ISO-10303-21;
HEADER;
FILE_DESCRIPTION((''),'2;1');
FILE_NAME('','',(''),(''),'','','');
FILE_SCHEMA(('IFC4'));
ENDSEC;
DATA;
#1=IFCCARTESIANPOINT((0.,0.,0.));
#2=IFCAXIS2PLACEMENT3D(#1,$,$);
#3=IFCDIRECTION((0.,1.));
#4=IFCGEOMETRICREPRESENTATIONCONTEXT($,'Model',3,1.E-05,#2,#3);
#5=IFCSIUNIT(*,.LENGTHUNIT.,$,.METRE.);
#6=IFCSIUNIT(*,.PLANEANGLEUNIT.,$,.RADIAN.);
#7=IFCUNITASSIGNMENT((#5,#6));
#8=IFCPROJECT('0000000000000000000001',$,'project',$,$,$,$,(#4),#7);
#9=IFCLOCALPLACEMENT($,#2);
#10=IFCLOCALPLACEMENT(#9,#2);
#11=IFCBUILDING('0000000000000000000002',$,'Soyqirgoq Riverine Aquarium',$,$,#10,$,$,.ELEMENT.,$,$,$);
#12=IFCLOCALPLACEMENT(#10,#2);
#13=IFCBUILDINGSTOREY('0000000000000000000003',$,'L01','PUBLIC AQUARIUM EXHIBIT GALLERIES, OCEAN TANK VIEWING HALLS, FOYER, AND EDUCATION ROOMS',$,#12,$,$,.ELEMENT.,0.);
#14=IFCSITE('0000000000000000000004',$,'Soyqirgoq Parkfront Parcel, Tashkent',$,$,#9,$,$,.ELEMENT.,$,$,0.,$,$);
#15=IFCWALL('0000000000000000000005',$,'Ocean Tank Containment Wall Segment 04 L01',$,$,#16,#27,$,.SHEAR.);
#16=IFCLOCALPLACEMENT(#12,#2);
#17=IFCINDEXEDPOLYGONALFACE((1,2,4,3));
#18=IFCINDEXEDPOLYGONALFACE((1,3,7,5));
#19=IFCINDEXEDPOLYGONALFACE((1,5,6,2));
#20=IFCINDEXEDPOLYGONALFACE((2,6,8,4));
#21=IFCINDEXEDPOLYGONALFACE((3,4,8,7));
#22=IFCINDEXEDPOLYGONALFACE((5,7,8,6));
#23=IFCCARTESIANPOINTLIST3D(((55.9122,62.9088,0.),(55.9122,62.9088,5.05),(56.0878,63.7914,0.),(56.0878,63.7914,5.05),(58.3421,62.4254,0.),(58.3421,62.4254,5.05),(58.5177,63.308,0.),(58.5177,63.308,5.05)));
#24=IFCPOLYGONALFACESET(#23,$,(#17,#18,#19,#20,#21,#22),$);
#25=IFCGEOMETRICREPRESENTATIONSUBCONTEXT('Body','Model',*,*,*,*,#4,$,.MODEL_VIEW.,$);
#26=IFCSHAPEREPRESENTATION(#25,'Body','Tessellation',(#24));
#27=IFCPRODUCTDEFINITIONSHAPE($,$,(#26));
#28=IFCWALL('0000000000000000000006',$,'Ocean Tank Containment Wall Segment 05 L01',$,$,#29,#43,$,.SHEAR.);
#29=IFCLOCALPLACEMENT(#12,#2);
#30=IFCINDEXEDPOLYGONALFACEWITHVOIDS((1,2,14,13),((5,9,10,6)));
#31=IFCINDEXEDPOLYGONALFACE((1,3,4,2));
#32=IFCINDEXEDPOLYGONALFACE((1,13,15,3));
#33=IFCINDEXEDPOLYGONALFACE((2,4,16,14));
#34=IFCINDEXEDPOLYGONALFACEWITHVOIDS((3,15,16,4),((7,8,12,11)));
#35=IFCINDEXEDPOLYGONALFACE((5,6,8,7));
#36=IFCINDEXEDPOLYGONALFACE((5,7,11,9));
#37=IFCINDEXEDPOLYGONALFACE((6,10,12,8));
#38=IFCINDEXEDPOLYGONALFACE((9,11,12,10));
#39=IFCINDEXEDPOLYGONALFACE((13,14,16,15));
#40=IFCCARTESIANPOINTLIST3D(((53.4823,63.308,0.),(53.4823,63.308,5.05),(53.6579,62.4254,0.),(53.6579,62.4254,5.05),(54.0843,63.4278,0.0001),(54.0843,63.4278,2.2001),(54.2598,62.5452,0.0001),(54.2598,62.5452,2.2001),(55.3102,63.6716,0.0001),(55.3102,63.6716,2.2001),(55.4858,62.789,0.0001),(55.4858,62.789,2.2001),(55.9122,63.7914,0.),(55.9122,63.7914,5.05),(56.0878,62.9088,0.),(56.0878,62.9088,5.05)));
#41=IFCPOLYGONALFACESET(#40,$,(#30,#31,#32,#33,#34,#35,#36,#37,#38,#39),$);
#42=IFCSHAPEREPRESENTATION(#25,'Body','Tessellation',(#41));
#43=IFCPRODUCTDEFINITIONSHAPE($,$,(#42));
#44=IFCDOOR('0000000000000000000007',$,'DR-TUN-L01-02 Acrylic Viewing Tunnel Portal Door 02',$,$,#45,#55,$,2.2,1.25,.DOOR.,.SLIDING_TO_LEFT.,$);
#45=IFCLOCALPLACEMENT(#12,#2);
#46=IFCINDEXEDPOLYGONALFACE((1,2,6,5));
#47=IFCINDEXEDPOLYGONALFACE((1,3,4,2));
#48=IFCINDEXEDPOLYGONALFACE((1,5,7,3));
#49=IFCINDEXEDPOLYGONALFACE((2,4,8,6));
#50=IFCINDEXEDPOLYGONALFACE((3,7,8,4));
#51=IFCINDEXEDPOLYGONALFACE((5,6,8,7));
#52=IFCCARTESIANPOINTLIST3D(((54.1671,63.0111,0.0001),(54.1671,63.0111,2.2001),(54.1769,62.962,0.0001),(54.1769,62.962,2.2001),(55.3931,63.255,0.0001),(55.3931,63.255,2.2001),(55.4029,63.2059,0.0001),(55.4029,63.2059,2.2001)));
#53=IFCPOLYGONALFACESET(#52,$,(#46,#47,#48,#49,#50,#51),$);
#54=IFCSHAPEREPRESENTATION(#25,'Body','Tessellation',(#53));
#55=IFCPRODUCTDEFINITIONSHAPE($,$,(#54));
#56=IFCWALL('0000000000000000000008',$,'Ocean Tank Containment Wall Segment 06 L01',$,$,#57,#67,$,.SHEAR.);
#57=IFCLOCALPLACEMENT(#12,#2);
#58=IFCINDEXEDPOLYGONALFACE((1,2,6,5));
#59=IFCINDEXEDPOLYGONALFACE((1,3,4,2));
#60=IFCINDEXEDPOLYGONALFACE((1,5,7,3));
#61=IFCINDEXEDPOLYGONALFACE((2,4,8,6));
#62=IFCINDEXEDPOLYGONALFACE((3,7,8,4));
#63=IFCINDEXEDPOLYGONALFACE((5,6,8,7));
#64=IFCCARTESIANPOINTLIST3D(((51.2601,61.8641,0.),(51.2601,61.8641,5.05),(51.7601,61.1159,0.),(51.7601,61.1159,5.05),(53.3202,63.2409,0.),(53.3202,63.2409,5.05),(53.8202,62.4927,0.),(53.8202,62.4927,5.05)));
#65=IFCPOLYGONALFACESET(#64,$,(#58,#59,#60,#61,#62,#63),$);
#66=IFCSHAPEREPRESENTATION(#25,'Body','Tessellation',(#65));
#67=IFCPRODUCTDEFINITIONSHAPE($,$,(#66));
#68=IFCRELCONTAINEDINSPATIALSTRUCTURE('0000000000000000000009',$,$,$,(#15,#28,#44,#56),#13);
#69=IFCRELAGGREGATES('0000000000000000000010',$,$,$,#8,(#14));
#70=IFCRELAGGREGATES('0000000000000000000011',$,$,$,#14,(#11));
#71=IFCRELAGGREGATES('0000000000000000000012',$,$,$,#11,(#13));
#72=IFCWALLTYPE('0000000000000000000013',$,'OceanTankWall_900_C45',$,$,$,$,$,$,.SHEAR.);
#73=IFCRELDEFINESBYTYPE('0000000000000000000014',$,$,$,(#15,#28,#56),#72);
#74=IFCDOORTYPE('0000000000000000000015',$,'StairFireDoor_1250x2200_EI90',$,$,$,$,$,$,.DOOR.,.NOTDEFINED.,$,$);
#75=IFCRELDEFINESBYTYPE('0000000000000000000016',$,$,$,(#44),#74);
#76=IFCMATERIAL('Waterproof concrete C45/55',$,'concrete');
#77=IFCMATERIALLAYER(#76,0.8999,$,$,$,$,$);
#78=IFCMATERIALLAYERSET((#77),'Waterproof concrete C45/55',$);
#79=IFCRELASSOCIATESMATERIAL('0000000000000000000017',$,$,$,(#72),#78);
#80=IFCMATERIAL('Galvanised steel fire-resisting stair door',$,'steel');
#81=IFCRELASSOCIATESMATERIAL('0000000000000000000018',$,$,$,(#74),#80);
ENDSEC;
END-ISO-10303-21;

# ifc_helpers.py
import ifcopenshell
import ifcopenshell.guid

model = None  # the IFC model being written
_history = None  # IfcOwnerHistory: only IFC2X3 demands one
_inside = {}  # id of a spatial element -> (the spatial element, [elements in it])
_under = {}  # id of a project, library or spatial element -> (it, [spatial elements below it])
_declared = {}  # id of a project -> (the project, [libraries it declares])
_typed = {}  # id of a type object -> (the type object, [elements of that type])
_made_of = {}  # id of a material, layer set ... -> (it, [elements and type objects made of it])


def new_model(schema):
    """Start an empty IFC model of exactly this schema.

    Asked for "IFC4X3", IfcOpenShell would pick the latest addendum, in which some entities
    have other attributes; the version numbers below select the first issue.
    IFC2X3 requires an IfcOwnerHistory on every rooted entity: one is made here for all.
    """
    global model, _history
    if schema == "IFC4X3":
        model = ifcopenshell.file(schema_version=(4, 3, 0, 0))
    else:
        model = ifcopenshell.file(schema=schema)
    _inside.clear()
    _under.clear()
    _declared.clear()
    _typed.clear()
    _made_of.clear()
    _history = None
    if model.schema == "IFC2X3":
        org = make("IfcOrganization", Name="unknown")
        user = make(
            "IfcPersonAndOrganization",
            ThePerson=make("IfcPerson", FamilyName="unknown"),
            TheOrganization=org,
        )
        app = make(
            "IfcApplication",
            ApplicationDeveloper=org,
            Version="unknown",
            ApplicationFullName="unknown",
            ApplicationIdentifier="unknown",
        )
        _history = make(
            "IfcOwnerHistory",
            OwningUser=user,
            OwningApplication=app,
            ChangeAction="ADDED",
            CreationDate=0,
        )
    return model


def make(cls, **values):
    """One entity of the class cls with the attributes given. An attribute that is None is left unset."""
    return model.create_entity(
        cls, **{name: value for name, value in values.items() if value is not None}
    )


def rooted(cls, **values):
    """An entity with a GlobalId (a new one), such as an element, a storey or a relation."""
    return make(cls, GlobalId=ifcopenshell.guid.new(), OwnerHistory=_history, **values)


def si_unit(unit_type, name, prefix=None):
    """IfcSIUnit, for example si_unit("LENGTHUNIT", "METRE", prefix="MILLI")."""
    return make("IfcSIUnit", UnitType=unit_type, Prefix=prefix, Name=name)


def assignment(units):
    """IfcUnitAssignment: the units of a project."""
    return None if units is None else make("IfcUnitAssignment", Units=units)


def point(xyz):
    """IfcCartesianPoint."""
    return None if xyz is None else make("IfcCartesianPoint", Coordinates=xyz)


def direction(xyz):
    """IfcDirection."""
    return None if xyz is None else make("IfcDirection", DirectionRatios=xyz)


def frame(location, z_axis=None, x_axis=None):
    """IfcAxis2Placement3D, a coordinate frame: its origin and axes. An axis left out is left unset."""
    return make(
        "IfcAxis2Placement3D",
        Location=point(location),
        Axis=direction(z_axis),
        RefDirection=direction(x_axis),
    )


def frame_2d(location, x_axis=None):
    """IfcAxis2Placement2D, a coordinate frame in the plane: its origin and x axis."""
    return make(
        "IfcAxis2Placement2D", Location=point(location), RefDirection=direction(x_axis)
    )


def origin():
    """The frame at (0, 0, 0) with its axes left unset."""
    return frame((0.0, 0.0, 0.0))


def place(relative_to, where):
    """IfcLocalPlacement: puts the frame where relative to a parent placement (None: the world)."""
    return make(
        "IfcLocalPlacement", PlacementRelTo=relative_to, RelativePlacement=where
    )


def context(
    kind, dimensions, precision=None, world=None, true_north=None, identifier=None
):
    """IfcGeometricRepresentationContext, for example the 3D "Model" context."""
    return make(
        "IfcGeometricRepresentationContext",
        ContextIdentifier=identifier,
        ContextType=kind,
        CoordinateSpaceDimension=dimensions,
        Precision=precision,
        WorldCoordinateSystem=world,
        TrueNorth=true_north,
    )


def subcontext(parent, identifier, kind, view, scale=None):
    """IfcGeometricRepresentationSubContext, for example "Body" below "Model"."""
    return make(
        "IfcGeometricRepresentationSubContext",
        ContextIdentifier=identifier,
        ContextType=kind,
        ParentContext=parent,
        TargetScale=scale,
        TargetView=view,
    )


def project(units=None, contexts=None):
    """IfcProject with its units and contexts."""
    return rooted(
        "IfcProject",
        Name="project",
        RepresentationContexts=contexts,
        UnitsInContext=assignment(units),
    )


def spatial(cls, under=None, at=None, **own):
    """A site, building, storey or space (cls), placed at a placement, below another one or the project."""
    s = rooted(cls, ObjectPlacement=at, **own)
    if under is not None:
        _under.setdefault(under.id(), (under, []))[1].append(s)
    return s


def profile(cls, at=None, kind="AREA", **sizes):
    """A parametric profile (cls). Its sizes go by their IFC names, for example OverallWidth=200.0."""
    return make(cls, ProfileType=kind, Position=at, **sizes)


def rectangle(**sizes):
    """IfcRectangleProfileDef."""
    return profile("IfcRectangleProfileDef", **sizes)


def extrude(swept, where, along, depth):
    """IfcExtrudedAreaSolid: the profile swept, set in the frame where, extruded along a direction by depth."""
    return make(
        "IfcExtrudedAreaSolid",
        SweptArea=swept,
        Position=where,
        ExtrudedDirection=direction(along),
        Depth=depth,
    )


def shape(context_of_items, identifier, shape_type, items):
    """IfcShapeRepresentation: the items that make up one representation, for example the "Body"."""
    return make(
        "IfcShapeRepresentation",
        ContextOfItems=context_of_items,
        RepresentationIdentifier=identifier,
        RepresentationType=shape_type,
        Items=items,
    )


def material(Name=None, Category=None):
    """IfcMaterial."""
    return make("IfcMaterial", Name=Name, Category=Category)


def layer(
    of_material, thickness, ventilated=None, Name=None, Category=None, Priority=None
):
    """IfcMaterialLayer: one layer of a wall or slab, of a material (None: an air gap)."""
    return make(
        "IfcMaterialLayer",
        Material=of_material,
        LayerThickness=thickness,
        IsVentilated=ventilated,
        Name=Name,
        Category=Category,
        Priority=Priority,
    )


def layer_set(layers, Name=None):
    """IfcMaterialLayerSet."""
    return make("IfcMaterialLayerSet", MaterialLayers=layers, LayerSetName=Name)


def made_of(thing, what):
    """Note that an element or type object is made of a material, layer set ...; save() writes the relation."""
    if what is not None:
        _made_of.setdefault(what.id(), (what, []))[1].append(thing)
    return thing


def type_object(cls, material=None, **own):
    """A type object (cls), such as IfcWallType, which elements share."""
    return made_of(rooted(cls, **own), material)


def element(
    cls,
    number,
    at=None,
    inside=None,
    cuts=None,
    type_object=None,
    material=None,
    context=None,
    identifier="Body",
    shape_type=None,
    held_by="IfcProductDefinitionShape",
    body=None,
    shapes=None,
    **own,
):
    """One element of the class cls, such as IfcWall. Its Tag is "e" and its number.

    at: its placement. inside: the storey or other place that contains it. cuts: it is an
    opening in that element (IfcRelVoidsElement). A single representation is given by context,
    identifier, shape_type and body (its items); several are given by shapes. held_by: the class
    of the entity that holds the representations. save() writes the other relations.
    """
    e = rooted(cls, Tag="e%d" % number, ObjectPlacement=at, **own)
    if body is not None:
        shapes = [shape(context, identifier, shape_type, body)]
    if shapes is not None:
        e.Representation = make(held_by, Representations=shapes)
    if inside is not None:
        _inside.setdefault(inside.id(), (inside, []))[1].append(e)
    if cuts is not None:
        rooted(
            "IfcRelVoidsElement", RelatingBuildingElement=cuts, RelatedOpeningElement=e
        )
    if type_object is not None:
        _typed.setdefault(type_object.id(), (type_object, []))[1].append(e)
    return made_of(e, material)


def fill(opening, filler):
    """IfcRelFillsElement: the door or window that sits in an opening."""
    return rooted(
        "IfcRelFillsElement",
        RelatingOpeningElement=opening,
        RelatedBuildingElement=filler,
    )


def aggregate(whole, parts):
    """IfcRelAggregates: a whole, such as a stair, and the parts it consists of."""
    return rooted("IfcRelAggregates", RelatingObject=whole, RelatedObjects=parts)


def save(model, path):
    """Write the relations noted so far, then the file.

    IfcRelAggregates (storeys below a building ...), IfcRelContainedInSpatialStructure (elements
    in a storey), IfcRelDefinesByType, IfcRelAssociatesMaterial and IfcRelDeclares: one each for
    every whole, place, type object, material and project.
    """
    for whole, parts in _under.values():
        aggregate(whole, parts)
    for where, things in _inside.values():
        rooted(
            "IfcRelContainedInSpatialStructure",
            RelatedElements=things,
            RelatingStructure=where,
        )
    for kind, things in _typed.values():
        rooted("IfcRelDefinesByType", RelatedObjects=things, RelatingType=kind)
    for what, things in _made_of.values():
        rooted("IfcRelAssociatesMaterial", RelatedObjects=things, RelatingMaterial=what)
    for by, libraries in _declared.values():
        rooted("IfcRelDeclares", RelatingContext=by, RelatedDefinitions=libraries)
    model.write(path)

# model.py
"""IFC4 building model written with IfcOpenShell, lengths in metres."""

from ifc_helpers import new_model, si_unit, direction, frame, frame_2d, origin, place, context, subcontext, project, spatial, rectangle, extrude, material, layer, layer_set, type_object, element, fill, save


model = new_model("IFC4")

# Units and contexts
model_context = context("Model", 3, precision=1e-05, world=origin(), true_north=direction((0.0, 1.0)))
body_context = subcontext(model_context, "Body", "Model", "MODEL_VIEW")
ifc_project = project(units=[si_unit("LENGTHUNIT", "METRE"), si_unit("PLANEANGLEUNIT", "RADIAN")], contexts=[model_context])

# Site, building, storey
site_placement = place(None, origin())
site = spatial("IfcSite", under=ifc_project, at=site_placement, Name="Soyqirgoq Parkfront Parcel, Tashkent", CompositionType="ELEMENT", RefElevation=0.0)
building_placement = place(site_placement, origin())
building = spatial("IfcBuilding", under=site, at=building_placement, Name="Soyqirgoq Riverine Aquarium", CompositionType="ELEMENT")
storey_placement = place(building_placement, origin())
storey = spatial("IfcBuildingStorey", under=building, at=storey_placement, Name="L01", Description="PUBLIC AQUARIUM EXHIBIT GALLERIES, OCEAN TANK VIEWING HALLS, FOYER, AND EDUCATION ROOMS", CompositionType="ELEMENT", Elevation=0.0)

# Wall
ifc_material_1 = material(Name="Waterproof concrete C45/55", Category="concrete")
ifc_layer_1 = layer(ifc_material_1, 0.8999)
ifc_layer_set_1 = layer_set([ifc_layer_1], Name="Waterproof concrete C45/55")
wall_type_1 = type_object("IfcWallType", Name="OceanTankWall_900_C45", PredefinedType="SHEAR", material=ifc_layer_set_1)
wall_1_placement = place(storey_placement, frame((58.4299, 62.8667, 0.0), z_axis=(0.0, 0.0, 1.0), x_axis=(-0.980781, 0.195112, 0.0)))
element("IfcWall", 1, at=wall_1_placement, inside=storey, type_object=wall_type_1, Name="Ocean Tank Containment Wall Segment 04 L01", PredefinedType="SHEAR", context=body_context, shape_type="SweptSolid", body=[
    extrude(rectangle(XDim=2.4775, YDim=0.8999, at=frame_2d((1.2388, 0.0))), origin(), (0.0, 0.0, 1.0), 5.05),
])

# Wall, opening, door
wall_2_placement = place(storey_placement, frame((56.0, 63.3501, 0.0), z_axis=(0.0, 0.0, 1.0), x_axis=(-0.980781, -0.195112, 0.0)))
wall_2 = element("IfcWall", 2, at=wall_2_placement, inside=storey, type_object=wall_type_1, Name="Ocean Tank Containment Wall Segment 05 L01", PredefinedType="SHEAR", context=body_context, shape_type="SweptSolid", body=[
    extrude(rectangle(XDim=2.4775, YDim=0.8999, at=frame_2d((1.2388, 0.0))), origin(), (0.0, 0.0, 1.0), 5.05),
])
opening_placement = place(wall_2_placement, frame((0.6138, 0.0, 0.0)))
opening = element("IfcOpeningElement", 3, at=opening_placement, cuts=wall_2, PredefinedType="OPENING", context=body_context, shape_type="SweptSolid", body=[
    extrude(rectangle(XDim=1.25, YDim=2.2, at=frame_2d((0.625, 1.1001))), frame((0.0, 0.46, 0.0), z_axis=(0.0, -1.0, 0.0), x_axis=(1.0, 0.0, 0.0)), (0.0, 0.0, 1.0), 0.9199),
])
ifc_material_2 = material(Name="Galvanised steel fire-resisting stair door", Category="steel")
door_type = type_object("IfcDoorType", Name="StairFireDoor_1250x2200_EI90", OperationType="NOTDEFINED", PredefinedType="DOOR", material=ifc_material_2)
door_placement = place(opening_placement, origin())
door = element("IfcDoor", 4, at=door_placement, inside=storey, type_object=door_type, Name="DR-TUN-L01-02 Acrylic Viewing Tunnel Portal Door 02", OperationType="SLIDING_TO_LEFT", OverallHeight=2.2, OverallWidth=1.25, PredefinedType="DOOR", context=body_context, shape_type="SweptSolid", body=[
    extrude(rectangle(XDim=1.25, YDim=2.2, at=frame_2d((0.625, 1.1001))), frame((0.0, 0.0249, 0.0), z_axis=(0.0, -1.0, 0.0), x_axis=(1.0, 0.0, 0.0)), (0.0, 0.0, 1.0), 0.05),
])
fill(opening, door)

# Wall
wall_3_placement = place(storey_placement, frame((53.5701, 62.8667, 0.0), z_axis=(0.0, 0.0, 1.0), x_axis=(-0.831428, -0.555632, 0.0)))
element("IfcWall", 5, at=wall_3_placement, inside=storey, type_object=wall_type_1, Name="Ocean Tank Containment Wall Segment 06 L01", PredefinedType="SHEAR", context=body_context, shape_type="SweptSolid", body=[
    extrude(rectangle(XDim=2.4778, YDim=0.8999, at=frame_2d((1.2388, 0.0))), origin(), (0.0, 0.0, 1.0), 5.05),
])

save(model, "model.ifc")
